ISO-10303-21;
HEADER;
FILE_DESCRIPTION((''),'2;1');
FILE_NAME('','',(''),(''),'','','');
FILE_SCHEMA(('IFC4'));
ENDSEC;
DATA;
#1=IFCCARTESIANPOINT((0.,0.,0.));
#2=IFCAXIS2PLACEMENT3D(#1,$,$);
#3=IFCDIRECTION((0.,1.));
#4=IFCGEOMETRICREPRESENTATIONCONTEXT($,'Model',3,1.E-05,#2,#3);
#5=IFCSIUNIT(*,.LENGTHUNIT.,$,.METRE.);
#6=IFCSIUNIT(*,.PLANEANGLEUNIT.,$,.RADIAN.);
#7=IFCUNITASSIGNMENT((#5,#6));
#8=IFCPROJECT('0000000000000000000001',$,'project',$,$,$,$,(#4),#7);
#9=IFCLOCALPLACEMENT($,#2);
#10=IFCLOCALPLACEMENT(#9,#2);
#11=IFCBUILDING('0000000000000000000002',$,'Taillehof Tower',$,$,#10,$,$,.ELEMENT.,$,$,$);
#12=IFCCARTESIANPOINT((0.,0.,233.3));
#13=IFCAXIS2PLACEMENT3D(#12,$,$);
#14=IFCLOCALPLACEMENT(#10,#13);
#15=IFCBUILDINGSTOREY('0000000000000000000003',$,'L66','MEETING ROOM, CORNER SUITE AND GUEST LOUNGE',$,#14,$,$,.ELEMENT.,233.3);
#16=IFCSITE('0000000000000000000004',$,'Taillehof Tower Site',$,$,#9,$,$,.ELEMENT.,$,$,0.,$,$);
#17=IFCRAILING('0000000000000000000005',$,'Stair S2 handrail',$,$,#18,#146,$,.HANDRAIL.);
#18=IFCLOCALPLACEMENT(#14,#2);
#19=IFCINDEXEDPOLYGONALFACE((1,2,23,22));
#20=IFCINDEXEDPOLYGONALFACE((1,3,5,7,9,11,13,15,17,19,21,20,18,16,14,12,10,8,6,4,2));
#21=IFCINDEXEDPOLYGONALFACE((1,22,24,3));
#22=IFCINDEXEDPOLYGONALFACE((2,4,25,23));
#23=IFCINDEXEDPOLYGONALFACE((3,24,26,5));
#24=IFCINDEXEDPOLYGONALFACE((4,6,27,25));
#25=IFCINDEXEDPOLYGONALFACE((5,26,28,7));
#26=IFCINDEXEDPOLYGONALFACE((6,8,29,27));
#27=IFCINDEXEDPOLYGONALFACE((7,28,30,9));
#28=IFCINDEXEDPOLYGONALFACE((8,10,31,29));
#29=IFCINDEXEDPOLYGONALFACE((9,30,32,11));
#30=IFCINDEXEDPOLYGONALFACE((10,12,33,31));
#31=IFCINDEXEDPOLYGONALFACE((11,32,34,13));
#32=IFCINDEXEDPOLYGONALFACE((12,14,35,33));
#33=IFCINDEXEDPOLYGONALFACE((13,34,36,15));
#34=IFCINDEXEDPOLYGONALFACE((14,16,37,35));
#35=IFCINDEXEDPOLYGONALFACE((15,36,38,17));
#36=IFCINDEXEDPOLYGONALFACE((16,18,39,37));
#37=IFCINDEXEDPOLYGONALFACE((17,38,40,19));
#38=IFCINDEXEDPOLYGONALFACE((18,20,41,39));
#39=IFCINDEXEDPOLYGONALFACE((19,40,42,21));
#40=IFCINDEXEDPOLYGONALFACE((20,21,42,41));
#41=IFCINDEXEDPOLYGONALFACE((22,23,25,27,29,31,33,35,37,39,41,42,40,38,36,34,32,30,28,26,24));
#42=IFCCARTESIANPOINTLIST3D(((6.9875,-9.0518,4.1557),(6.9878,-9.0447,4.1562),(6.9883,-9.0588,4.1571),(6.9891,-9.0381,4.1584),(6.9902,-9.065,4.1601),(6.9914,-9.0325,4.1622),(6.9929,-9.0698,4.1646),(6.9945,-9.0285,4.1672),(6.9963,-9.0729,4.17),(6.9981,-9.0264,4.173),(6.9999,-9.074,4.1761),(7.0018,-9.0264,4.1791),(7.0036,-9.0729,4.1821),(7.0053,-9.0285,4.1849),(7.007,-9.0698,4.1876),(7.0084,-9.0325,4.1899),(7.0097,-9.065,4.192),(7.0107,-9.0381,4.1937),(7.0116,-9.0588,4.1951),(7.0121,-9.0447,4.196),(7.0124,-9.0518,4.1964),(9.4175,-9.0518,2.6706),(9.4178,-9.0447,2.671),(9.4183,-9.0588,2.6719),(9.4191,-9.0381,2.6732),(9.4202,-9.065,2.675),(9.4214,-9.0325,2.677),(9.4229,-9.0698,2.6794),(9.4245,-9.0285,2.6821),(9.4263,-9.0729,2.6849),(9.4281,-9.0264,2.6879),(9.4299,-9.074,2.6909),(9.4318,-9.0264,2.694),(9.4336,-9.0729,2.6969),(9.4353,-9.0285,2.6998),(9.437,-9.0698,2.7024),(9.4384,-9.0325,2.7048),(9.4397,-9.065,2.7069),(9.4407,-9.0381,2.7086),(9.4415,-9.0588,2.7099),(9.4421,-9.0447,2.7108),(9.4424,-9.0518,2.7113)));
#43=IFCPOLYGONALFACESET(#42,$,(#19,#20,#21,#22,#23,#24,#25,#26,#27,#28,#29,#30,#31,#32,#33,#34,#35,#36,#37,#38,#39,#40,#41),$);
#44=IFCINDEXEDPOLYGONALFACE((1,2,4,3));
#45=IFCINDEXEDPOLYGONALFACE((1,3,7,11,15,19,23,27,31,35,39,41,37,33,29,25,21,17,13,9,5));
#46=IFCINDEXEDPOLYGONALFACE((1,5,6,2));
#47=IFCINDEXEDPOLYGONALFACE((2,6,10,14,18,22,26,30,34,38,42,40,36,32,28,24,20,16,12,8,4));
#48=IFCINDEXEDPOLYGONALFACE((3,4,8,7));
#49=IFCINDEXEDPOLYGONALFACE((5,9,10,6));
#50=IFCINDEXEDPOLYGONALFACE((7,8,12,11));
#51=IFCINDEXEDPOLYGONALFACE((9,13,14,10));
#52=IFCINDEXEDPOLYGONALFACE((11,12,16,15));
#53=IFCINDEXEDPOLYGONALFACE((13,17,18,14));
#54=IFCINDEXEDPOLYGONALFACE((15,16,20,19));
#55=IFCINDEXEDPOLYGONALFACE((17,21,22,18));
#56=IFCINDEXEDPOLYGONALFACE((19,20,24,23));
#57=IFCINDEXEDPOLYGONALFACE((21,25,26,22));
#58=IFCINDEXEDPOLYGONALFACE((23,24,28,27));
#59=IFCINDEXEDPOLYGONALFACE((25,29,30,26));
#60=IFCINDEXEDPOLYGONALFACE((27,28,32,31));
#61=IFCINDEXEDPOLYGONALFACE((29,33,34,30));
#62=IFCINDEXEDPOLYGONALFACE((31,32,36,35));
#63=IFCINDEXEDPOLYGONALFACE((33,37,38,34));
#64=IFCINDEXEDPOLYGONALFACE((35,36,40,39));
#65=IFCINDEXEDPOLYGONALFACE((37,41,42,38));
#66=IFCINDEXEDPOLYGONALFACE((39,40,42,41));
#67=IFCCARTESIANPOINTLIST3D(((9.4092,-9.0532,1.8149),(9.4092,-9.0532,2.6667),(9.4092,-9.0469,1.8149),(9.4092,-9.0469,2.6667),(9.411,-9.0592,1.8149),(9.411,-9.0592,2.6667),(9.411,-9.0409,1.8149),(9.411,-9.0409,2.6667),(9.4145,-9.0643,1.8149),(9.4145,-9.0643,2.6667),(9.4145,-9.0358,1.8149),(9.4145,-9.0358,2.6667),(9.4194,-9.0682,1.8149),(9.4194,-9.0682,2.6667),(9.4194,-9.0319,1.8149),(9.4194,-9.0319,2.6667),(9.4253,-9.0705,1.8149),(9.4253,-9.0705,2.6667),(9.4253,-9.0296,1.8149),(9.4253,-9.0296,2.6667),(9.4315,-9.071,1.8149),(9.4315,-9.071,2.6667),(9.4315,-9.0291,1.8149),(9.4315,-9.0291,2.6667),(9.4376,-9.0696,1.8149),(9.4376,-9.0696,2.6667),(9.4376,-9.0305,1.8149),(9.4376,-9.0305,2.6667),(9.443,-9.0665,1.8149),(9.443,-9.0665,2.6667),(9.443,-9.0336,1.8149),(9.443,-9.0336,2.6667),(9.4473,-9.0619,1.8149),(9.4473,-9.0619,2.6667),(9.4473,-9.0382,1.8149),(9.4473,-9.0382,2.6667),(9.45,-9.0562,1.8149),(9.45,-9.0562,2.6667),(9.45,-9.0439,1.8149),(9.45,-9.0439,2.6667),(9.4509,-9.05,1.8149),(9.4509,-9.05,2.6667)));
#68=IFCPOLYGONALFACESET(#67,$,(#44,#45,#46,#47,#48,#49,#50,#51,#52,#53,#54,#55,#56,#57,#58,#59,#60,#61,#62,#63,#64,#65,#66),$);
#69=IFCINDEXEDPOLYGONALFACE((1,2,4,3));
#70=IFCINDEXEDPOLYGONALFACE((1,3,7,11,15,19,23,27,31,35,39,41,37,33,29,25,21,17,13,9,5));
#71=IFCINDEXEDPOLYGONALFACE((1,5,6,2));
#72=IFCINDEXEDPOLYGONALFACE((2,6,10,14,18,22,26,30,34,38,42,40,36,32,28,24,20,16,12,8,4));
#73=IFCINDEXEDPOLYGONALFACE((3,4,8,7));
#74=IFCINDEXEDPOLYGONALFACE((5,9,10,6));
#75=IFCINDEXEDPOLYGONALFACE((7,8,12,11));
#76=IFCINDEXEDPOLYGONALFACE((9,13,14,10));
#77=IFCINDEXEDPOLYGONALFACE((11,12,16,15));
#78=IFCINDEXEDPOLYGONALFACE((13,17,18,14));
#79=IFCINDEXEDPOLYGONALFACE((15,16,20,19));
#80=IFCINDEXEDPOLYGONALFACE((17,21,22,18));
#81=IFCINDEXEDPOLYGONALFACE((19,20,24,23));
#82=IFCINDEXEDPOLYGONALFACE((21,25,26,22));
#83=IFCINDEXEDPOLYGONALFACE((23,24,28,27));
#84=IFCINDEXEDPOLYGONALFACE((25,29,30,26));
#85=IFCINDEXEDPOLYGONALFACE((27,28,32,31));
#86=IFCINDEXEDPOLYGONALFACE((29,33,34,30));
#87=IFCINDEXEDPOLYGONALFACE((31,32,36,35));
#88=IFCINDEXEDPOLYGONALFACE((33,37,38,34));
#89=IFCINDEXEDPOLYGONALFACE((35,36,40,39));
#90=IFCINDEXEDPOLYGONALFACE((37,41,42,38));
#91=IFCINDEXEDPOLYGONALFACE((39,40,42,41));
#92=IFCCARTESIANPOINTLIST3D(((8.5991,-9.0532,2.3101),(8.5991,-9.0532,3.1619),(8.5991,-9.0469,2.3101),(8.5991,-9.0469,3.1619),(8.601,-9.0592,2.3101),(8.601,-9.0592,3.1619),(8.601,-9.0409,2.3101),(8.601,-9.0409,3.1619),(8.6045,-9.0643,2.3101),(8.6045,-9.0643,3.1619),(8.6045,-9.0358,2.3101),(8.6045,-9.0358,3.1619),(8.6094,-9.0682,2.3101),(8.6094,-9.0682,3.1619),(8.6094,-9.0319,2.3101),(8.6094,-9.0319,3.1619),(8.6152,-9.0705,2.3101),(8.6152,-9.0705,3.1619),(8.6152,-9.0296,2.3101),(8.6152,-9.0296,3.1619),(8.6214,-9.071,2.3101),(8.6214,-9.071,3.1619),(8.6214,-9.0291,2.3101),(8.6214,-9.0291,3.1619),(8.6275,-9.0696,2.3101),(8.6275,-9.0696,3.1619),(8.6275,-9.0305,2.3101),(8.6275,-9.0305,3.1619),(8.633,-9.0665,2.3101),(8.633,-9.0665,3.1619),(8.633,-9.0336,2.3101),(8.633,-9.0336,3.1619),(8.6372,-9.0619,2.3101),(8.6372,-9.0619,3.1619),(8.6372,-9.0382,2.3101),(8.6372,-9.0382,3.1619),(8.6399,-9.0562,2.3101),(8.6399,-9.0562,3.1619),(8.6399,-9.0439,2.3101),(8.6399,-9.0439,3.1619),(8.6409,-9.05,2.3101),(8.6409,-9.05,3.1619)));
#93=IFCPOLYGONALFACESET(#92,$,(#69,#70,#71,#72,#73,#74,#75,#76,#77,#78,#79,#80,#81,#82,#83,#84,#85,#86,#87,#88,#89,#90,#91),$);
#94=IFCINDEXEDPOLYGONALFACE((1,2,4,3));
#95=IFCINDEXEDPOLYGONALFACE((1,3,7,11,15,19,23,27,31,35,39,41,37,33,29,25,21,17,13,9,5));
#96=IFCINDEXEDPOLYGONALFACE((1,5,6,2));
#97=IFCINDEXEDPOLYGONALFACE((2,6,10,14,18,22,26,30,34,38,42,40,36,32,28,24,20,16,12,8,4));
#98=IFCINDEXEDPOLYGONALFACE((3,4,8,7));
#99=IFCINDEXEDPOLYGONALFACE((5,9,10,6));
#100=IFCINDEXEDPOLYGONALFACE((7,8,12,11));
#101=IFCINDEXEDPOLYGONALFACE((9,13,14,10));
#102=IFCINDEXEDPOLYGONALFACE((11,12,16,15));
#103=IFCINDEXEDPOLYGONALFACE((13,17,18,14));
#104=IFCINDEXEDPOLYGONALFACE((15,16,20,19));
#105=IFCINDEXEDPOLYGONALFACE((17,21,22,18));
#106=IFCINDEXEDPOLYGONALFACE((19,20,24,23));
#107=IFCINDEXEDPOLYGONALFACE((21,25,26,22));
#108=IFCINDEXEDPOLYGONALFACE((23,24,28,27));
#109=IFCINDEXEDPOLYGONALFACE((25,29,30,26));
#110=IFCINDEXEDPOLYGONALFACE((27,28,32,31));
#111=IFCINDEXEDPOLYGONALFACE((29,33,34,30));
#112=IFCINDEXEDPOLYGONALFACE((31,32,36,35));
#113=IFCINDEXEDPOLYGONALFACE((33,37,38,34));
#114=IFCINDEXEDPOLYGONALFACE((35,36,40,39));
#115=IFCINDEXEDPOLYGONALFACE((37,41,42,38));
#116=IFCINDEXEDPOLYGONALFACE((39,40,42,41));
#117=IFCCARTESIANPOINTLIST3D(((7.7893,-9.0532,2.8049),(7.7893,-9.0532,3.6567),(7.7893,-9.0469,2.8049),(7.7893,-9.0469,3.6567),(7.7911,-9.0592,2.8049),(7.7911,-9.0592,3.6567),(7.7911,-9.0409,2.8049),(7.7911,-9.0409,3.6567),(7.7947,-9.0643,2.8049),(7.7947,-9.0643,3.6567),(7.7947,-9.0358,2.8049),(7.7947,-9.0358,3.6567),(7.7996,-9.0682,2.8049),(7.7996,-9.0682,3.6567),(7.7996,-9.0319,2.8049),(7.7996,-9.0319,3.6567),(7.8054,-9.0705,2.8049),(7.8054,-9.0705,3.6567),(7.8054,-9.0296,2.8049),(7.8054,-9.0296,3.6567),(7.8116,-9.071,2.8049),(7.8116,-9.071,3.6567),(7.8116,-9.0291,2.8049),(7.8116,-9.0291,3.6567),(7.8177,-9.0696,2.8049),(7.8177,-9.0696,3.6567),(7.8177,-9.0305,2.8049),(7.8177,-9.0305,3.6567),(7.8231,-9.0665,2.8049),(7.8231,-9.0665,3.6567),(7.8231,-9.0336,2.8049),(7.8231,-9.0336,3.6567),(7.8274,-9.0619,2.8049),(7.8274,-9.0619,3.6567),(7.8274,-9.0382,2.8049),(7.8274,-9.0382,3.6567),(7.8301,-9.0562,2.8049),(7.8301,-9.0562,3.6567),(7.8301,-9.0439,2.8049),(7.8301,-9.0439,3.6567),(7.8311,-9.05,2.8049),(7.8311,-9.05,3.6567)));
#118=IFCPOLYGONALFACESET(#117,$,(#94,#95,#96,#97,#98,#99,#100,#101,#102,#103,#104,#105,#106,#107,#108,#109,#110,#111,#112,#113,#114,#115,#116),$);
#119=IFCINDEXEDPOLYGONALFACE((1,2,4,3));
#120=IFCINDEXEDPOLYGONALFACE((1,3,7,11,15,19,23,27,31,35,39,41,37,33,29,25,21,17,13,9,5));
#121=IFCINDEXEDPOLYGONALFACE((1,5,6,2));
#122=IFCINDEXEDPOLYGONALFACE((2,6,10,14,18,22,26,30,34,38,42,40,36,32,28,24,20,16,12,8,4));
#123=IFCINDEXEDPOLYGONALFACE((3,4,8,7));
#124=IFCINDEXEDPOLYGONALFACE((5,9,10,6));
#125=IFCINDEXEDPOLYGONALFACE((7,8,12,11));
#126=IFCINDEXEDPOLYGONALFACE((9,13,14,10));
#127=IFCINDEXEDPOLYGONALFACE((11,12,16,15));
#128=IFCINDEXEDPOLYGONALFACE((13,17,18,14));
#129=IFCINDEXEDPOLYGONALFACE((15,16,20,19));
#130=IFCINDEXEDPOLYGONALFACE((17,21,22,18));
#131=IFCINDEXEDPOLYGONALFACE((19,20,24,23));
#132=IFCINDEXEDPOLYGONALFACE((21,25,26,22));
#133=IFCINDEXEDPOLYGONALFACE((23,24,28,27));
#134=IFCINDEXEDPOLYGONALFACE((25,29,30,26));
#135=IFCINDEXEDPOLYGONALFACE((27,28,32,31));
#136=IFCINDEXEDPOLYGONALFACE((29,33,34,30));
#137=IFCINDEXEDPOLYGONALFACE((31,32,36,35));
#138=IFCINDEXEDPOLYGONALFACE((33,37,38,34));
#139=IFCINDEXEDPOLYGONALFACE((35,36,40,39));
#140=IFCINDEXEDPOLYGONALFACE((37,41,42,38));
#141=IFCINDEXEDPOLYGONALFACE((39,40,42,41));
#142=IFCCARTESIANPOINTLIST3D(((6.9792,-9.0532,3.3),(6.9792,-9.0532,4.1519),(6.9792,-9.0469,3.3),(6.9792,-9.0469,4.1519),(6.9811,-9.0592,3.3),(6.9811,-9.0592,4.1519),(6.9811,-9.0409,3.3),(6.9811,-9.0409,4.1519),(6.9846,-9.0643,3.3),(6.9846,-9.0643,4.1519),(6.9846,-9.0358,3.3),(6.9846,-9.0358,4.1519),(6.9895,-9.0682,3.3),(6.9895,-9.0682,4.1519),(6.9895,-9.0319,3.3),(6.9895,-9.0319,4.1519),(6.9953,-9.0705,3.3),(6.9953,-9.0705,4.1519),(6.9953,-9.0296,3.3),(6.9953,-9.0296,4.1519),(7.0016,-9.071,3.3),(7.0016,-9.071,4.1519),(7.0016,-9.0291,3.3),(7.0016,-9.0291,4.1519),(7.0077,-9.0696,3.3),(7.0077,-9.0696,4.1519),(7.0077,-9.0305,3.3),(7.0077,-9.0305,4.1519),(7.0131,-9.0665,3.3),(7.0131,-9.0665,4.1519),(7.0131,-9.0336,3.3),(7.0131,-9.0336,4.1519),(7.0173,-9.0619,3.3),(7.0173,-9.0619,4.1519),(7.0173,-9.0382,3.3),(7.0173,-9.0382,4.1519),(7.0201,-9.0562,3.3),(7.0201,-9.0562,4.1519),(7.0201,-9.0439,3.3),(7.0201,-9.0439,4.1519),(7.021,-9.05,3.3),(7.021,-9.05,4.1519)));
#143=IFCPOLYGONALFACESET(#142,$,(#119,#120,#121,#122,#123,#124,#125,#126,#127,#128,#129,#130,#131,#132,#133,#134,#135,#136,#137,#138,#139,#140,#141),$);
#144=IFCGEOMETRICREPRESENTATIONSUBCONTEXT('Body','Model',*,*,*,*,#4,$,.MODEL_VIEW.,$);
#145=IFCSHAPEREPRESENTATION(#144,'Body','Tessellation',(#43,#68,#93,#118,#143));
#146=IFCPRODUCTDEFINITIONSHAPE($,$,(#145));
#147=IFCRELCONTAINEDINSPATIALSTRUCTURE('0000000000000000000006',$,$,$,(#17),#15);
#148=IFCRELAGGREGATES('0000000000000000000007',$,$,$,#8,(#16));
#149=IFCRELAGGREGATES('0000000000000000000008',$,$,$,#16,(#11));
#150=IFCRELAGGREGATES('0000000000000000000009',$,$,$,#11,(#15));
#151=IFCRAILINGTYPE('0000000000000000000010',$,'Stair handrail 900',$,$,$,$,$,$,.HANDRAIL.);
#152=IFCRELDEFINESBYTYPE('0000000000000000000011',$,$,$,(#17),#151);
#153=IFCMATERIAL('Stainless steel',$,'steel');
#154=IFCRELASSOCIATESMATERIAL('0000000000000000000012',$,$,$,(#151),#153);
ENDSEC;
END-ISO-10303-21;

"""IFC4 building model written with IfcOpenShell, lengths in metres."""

from ifc_helpers import new_model, si_unit, direction, frame, origin, origin_2d, place, context, subcontext, project, spatial, circle, extrude, material, type_object, element, save


model = new_model("IFC4")

# Units and contexts
model_context = context("Model", 3, precision=1e-05, world=origin(), true_north=direction((0.0, 1.0)))
body_context = subcontext(model_context, "Body", "Model", "MODEL_VIEW")
ifc_project = project(units=[si_unit("LENGTHUNIT", "METRE"), si_unit("PLANEANGLEUNIT", "RADIAN")], contexts=[model_context])

# Site, building, storey
site_placement = place(None, origin())
site = spatial("IfcSite", under=ifc_project, at=site_placement, Name="Taillehof Tower Site", CompositionType="ELEMENT", RefElevation=0.0)
building_placement = place(site_placement, origin())
building = spatial("IfcBuilding", under=site, at=building_placement, Name="Taillehof Tower", CompositionType="ELEMENT")
storey_placement = place(building_placement, frame((0.0, 0.0, 233.3)))
storey = spatial("IfcBuildingStorey", under=building, at=storey_placement, Name="L66", Description="MEETING ROOM, CORNER SUITE AND GUEST LOUNGE", CompositionType="ELEMENT", Elevation=233.3)

# Railing
ifc_material_1 = material(Name="Stainless steel", Category="steel")
railing_type = type_object("IfcRailingType", Name="Stair handrail 900", PredefinedType="HANDRAIL", material=ifc_material_1)
railing_placement = place(storey_placement, frame((9.4299, -9.05, 1.8149)))
element("IfcRailing", 1, at=railing_placement, inside=storey, type_object=railing_type, Name="Stair S2 handrail", PredefinedType="HANDRAIL", context=body_context, shape_type="SweptSolid", body=[
    extrude(circle(Radius=0.0239, at=origin_2d()), frame((0.0, 0.0, 0.876), z_axis=(-0.853259, 0.0, 0.521488), x_axis=(0.0, -1.0, 0.0)), (0.0, 0.0, 1.0), 2.8479),
    extrude(circle(Radius=0.021, at=origin_2d()), origin(), (0.0, 0.0, 1.0), 0.8518),
    extrude(circle(Radius=0.021, at=origin_2d()), frame((-0.8101, 0.0, 0.4951)), (0.0, 0.0, 1.0), 0.8518),
    extrude(circle(Radius=0.021, at=origin_2d()), frame((-1.6199, 0.0, 0.99)), (0.0, 0.0, 1.0), 0.8518),
    extrude(circle(Radius=0.021, at=origin_2d()), frame((-2.4299, 0.0, 1.4851)), (0.0, 0.0, 1.0), 0.8518),
])

save(model, "model.ifc")
